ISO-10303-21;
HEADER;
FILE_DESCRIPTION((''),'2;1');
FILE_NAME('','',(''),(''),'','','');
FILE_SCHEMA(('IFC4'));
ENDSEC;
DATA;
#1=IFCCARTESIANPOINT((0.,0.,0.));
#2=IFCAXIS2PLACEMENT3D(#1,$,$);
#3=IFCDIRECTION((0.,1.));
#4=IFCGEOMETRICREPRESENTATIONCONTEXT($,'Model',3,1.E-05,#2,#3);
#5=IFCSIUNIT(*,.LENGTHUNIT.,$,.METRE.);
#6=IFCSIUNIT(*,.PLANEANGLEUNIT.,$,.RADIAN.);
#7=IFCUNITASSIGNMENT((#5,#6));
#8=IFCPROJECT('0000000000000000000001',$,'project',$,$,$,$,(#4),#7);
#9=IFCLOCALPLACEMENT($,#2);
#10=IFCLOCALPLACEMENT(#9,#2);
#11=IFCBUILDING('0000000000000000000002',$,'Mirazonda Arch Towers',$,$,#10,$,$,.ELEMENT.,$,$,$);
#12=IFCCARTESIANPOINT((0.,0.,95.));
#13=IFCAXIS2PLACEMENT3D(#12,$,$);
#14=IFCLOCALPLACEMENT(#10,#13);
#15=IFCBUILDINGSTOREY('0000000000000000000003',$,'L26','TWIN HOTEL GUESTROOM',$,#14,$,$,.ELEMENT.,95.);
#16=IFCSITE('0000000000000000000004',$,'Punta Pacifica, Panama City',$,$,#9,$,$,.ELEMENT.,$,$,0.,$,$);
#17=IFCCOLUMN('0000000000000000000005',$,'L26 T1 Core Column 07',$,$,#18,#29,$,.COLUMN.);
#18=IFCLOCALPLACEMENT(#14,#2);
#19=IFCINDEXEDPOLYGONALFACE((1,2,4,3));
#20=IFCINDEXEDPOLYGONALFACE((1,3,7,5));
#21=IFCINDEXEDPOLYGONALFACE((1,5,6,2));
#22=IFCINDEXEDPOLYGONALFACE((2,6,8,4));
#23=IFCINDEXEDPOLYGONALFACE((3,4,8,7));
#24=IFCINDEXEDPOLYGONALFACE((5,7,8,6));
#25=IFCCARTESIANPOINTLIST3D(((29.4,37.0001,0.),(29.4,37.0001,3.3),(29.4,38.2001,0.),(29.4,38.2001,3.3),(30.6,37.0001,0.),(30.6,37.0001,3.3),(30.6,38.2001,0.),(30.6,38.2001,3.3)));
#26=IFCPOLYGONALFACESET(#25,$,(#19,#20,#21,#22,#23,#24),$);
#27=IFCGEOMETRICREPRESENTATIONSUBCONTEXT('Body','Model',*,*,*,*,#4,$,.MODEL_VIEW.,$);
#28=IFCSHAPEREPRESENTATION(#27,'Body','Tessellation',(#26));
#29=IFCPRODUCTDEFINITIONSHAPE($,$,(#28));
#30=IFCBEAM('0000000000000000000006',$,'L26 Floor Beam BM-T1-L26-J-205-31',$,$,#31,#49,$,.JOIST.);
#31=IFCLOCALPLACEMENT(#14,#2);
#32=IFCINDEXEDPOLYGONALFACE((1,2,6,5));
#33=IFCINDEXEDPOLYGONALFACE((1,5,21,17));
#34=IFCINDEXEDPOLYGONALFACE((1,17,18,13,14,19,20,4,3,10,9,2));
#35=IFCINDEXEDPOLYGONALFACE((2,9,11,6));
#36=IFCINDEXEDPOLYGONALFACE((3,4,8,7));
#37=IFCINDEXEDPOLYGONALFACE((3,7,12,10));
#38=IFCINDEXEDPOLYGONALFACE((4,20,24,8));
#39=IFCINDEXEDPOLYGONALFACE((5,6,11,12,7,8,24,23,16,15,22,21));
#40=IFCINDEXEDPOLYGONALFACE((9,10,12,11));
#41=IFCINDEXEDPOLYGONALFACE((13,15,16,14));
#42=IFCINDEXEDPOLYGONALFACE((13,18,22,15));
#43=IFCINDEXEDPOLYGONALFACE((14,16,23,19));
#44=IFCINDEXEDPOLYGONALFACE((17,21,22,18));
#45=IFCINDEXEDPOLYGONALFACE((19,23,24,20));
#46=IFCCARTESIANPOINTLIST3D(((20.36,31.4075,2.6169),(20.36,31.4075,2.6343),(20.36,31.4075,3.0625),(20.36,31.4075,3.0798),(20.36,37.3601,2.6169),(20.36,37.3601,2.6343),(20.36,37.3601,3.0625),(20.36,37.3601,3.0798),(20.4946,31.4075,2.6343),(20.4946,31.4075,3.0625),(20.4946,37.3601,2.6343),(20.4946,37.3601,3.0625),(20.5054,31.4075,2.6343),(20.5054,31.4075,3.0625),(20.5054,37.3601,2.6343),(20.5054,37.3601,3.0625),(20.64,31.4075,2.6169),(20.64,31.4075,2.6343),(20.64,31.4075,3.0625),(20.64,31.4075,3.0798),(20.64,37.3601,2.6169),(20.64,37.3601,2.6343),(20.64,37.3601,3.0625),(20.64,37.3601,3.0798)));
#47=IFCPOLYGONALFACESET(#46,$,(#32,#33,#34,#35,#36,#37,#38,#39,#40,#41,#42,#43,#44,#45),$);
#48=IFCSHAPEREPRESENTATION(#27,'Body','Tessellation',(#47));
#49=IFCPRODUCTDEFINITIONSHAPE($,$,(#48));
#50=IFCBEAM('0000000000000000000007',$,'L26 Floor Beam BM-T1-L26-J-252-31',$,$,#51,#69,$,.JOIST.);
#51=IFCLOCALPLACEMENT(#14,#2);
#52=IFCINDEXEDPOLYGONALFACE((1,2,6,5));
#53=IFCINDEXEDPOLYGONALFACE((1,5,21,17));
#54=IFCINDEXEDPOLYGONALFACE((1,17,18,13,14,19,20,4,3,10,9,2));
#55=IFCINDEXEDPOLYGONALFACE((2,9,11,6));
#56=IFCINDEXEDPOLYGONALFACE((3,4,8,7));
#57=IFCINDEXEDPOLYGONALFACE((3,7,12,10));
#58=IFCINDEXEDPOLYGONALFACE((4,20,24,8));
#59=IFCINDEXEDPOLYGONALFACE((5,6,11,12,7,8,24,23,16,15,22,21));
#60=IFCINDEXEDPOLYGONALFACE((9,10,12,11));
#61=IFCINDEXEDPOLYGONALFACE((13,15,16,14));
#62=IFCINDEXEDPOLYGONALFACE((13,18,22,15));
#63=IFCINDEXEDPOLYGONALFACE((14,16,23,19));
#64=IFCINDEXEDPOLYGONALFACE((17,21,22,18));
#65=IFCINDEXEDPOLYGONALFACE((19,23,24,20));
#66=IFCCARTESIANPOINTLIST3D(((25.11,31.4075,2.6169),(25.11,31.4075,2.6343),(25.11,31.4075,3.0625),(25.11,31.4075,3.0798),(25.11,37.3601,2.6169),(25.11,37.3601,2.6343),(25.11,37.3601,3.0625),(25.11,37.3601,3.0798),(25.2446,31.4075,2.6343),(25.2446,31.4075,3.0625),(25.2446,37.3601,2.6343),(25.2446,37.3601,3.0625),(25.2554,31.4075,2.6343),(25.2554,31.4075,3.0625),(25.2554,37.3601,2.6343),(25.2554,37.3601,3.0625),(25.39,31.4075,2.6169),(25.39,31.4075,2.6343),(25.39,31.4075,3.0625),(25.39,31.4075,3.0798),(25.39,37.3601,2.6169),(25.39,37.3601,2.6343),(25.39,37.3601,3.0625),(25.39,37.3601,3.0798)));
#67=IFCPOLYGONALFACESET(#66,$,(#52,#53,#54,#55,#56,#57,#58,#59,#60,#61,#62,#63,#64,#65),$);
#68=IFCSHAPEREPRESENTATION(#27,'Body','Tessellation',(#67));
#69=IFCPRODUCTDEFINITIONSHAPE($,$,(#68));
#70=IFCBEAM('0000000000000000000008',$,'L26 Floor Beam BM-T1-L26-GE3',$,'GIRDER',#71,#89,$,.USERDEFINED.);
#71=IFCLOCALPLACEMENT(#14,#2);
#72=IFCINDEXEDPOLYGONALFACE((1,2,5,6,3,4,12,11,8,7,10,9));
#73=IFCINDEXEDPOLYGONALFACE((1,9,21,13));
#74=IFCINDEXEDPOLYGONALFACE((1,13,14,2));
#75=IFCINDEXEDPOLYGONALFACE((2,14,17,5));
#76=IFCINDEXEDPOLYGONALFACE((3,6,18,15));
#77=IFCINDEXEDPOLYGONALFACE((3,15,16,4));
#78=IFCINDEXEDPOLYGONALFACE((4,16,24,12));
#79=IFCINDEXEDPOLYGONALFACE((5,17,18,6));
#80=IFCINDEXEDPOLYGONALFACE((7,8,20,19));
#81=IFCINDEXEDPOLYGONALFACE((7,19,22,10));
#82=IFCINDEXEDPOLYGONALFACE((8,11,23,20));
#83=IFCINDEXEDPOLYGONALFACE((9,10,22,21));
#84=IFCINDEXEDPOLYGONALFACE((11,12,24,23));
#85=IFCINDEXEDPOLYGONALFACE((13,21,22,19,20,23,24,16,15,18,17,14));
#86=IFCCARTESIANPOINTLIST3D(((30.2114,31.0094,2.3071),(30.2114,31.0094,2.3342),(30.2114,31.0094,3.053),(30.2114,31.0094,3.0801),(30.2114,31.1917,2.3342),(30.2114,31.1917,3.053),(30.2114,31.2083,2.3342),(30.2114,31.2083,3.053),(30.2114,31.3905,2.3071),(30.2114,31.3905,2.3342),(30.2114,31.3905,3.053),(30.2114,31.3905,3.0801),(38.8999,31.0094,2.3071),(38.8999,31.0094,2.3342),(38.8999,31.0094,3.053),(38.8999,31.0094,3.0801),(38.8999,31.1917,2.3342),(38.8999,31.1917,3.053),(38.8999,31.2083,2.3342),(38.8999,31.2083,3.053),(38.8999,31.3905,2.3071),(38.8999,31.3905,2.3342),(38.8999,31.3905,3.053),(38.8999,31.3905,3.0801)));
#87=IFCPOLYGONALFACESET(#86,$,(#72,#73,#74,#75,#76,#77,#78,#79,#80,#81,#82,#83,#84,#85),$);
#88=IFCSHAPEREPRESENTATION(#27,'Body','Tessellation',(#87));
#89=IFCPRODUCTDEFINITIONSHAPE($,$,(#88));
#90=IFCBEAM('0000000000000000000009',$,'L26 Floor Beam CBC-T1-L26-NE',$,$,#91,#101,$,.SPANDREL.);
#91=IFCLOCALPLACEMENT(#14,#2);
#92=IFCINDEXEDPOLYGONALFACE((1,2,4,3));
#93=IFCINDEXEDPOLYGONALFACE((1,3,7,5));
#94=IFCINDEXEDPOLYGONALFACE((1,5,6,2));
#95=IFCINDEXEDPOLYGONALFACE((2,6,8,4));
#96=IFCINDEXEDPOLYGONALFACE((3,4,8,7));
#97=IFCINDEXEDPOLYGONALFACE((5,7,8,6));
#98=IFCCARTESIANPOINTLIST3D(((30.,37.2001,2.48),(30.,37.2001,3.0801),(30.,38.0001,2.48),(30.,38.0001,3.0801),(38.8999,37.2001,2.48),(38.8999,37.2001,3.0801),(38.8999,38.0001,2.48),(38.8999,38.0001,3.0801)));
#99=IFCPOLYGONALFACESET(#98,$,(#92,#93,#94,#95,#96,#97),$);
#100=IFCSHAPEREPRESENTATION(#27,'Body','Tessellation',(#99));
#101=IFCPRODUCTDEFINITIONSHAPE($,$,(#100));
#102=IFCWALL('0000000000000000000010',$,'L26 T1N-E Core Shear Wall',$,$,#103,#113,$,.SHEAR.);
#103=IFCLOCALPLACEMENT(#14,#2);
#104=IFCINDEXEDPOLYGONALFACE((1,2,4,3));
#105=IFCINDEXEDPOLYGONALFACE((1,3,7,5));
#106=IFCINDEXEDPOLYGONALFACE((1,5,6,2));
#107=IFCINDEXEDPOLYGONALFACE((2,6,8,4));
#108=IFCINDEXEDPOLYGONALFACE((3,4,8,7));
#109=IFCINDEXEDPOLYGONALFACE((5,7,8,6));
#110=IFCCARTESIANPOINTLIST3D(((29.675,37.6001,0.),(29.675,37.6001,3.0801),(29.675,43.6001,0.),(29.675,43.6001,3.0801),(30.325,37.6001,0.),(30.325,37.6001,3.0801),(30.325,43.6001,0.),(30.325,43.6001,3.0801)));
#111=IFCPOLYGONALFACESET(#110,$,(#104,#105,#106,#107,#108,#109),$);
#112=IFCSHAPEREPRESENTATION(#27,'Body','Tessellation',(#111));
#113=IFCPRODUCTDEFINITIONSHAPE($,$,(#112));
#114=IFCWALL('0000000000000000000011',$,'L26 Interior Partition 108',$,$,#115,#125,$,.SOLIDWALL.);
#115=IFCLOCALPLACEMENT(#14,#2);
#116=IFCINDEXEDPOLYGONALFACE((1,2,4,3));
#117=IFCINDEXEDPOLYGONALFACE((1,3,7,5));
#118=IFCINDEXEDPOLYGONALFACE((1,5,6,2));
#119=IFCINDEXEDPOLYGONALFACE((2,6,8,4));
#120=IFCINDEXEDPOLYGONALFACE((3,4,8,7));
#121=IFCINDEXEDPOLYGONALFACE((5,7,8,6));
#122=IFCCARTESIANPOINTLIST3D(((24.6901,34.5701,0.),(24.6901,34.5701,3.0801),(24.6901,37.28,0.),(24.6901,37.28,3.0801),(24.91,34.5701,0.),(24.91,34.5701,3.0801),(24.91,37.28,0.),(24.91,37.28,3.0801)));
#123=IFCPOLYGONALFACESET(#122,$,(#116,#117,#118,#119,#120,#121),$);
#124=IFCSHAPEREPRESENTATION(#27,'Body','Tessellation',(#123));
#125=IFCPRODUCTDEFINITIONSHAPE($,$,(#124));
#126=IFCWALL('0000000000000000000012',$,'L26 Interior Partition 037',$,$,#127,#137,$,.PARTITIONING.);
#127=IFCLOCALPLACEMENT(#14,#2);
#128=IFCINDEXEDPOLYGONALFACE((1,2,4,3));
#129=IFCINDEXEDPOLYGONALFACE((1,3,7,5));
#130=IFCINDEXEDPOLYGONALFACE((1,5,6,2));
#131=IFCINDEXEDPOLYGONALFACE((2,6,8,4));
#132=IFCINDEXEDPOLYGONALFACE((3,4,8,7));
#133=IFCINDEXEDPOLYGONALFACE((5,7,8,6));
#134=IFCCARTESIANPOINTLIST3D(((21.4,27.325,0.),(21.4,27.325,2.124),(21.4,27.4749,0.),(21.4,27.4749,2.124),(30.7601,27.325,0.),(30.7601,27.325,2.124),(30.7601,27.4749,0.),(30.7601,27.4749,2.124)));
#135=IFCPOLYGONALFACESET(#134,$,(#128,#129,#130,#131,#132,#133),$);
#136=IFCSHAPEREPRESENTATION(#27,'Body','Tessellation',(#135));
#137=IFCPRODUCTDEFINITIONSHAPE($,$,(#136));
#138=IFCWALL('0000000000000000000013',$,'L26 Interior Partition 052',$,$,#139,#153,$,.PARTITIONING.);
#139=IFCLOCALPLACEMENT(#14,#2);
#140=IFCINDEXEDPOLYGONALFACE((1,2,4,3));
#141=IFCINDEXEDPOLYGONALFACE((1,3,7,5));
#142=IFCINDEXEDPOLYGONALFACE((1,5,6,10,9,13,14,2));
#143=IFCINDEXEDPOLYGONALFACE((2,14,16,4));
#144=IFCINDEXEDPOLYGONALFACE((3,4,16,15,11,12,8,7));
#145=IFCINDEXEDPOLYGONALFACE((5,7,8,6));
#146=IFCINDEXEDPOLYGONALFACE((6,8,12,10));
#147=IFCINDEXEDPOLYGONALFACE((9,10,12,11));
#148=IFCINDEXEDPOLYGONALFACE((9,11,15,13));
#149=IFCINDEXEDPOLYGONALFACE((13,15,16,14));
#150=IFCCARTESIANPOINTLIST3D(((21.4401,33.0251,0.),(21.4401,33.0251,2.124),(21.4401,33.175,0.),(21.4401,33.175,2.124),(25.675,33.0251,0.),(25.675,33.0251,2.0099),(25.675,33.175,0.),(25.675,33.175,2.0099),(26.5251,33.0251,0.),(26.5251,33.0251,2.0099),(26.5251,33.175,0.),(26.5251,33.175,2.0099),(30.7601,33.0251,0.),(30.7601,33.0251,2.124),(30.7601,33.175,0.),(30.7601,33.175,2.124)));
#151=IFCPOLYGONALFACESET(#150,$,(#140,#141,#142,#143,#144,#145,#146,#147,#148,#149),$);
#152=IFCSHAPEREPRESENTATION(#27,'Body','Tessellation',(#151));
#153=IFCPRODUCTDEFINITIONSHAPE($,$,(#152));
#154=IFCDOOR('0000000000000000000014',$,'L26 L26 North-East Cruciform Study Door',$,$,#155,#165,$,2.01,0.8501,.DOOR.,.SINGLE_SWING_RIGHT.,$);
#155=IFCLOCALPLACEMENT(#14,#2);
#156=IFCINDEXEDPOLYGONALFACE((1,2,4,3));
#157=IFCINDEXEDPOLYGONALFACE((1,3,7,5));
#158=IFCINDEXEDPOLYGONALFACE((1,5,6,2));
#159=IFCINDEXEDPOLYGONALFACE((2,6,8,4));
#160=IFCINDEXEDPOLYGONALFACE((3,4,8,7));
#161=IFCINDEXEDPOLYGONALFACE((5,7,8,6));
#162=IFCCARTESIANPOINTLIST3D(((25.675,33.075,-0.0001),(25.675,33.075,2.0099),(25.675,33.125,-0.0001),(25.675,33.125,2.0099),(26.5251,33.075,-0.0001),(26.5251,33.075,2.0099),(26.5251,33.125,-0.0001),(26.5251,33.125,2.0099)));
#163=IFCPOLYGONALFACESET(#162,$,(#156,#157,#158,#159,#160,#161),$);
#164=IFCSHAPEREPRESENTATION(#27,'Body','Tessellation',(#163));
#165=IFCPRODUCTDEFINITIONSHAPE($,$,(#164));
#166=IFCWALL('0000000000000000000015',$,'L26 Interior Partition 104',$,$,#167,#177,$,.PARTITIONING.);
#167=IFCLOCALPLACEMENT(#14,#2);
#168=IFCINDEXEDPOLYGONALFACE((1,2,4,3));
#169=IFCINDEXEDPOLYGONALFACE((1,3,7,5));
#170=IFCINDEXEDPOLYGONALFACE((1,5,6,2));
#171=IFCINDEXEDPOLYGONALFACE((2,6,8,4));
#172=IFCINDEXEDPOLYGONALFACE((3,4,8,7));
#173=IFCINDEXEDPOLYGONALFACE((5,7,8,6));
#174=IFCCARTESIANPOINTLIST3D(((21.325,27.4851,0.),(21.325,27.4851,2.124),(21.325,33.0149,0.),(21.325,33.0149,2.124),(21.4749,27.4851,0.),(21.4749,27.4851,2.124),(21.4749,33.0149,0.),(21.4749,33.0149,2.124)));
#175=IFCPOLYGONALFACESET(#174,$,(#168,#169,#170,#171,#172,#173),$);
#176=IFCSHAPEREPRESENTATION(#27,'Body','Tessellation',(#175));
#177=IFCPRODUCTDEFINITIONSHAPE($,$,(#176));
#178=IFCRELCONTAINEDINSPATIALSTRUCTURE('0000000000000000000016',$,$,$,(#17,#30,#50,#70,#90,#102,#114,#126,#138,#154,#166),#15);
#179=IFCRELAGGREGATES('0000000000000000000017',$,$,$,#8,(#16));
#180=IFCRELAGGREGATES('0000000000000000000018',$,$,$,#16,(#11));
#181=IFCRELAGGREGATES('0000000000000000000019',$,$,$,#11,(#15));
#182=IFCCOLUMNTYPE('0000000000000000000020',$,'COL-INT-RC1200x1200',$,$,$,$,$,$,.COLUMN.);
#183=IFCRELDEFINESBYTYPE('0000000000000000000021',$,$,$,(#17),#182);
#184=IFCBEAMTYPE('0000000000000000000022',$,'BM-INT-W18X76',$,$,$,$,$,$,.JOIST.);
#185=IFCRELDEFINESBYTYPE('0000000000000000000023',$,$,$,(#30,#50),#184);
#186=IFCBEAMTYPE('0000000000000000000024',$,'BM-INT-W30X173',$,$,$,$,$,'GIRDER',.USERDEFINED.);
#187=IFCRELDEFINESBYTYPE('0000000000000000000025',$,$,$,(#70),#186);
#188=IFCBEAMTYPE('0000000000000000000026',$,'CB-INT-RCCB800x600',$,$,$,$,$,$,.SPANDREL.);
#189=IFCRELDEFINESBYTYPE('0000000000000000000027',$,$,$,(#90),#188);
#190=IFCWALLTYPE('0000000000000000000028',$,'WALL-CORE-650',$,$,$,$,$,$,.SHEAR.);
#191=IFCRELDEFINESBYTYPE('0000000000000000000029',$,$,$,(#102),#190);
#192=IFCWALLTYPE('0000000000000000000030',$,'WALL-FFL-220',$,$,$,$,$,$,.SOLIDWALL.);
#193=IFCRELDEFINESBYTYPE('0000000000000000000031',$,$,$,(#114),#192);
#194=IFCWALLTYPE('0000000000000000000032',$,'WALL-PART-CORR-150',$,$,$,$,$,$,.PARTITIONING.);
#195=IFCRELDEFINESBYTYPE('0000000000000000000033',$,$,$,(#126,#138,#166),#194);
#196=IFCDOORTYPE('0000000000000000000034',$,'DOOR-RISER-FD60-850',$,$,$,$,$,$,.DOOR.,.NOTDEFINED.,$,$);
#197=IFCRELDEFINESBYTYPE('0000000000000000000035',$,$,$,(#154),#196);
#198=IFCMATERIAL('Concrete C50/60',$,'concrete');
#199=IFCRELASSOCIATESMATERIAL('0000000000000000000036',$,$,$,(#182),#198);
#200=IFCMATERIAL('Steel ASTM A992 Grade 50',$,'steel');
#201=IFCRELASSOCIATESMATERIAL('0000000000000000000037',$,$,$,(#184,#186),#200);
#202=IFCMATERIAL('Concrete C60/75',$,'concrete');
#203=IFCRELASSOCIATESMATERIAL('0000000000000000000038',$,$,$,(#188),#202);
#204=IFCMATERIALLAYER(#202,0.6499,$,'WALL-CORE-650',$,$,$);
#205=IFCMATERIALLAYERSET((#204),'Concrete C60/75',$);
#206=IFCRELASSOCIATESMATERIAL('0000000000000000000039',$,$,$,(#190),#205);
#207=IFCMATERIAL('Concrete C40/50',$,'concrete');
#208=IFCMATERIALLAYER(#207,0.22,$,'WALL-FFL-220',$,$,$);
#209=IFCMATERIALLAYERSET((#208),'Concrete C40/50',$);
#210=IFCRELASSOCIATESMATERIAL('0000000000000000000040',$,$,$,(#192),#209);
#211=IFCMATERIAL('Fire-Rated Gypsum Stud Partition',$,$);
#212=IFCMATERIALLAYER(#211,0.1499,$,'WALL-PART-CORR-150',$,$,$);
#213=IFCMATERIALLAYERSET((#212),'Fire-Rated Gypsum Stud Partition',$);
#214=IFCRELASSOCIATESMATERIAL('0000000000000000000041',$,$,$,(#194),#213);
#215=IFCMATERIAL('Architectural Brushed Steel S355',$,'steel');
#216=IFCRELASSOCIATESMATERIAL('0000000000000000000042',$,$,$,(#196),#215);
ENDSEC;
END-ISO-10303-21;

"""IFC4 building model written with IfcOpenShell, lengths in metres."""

from ifc_helpers import new_model, si_unit, direction, frame, frame_2d, origin, origin_2d, place, context, subcontext, project, spatial, rectangle, i_section, extrude, material, layer, layer_set, material_profile, profile_set, type_object, element, fill, save


model = new_model("IFC4")

# Units and contexts
model_context = context("Model", 3, precision=1e-05, world=origin(), true_north=direction((0.0, 1.0)))
body_context = subcontext(model_context, "Body", "Model", "MODEL_VIEW")
ifc_project = project(units=[si_unit("LENGTHUNIT", "METRE"), si_unit("PLANEANGLEUNIT", "RADIAN")], contexts=[model_context])

# Site, building, storey
site_placement = place(None, origin())
site = spatial("IfcSite", under=ifc_project, at=site_placement, Name="Punta Pacifica, Panama City", CompositionType="ELEMENT", RefElevation=0.0)
building_placement = place(site_placement, origin())
building = spatial("IfcBuilding", under=site, at=building_placement, Name="Mirazonda Arch Towers", CompositionType="ELEMENT")
storey_placement = place(building_placement, frame((0.0, 0.0, 95.0)))
storey = spatial("IfcBuildingStorey", under=building, at=storey_placement, Name="L26", Description="TWIN HOTEL GUESTROOM", CompositionType="ELEMENT", Elevation=95.0)

# Column
ifc_material_1 = material(Name="Concrete C50/60", Category="concrete")
ifc_material_profile_1 = material_profile(ifc_material_1, rectangle(XDim=1.2, YDim=1.2, at=origin_2d()), Name="RC1200x1200")
ifc_profile_set_1 = profile_set([ifc_material_profile_1], Name="Concrete C50/60")
column_type = type_object("IfcColumnType", Name="COL-INT-RC1200x1200", PredefinedType="COLUMN", material=ifc_profile_set_1)
column_placement = place(storey_placement, frame((30.0, 37.6001, 0.0), z_axis=(0.0, 0.0, 1.0), x_axis=(1.0, 0.0, 0.0)))
element("IfcColumn", 1, at=column_placement, inside=storey, type_object=column_type, Name="L26 T1 Core Column 07", PredefinedType="COLUMN", context=body_context, shape_type="SweptSolid", body=[
    extrude(rectangle(XDim=1.2, YDim=1.2, at=origin_2d()), origin(), (0.0, 0.0, 1.0), 3.3),
])

# Beams
ifc_material_2 = material(Name="Steel ASTM A992 Grade 50", Category="steel")
ifc_material_profile_2 = material_profile(ifc_material_2, i_section(OverallWidth=0.28, OverallDepth=0.4629, WebThickness=0.0107, FlangeThickness=0.0173, at=origin_2d()), Name="W18X76")
ifc_profile_set_2 = profile_set([ifc_material_profile_2], Name="Steel ASTM A992 Grade 50")
beam_type_1 = type_object("IfcBeamType", Name="BM-INT-W18X76", PredefinedType="JOIST", material=ifc_profile_set_2)
for number, where, z_axis, x_axis, name in (
    (2, (20.5, 31.4075, 2.8484), (0.0, 1.0, 0.0), (-1.0, 0.0, 0.0), "L26 Floor Beam BM-T1-L26-J-205-31"),
    (3, (25.25, 31.4075, 2.8484), (0.0, 1.0, 0.0), (-1.0, 0.0, 0.0), "L26 Floor Beam BM-T1-L26-J-252-31"),
):
    element("IfcBeam", number, at=place(storey_placement, frame(where, z_axis=z_axis, x_axis=x_axis)), inside=storey, type_object=beam_type_1, Name=name, PredefinedType="JOIST", context=body_context, shape_type="SweptSolid", body=[
        extrude(i_section(OverallWidth=0.28, OverallDepth=0.4629, WebThickness=0.0107, FlangeThickness=0.0173, at=origin_2d()), origin(), (0.0, 0.0, 1.0), 5.9526),
    ])
ifc_material_profile_3 = material_profile(ifc_material_2, i_section(OverallWidth=0.3811, OverallDepth=0.7729, WebThickness=0.0166, FlangeThickness=0.0271, at=origin_2d()), Name="W30X173")
ifc_profile_set_3 = profile_set([ifc_material_profile_3], Name="Steel ASTM A992 Grade 50")
beam_type_2 = type_object("IfcBeamType", Name="BM-INT-W30X173", ElementType="GIRDER", PredefinedType="USERDEFINED", material=ifc_profile_set_3)
beam_1_placement = place(storey_placement, frame((30.2114, 31.2, 2.6936), z_axis=(1.0, 0.0, 0.0), x_axis=(0.0, 1.0, 0.0)))
element("IfcBeam", 4, at=beam_1_placement, inside=storey, type_object=beam_type_2, Name="L26 Floor Beam BM-T1-L26-GE3", ObjectType="GIRDER", PredefinedType="USERDEFINED", context=body_context, shape_type="SweptSolid", body=[
    extrude(i_section(OverallWidth=0.3811, OverallDepth=0.7729, WebThickness=0.0166, FlangeThickness=0.0271, at=origin_2d()), origin(), (0.0, 0.0, 1.0), 8.6885),
])
ifc_material_3 = material(Name="Concrete C60/75", Category="concrete")
ifc_material_profile_4 = material_profile(ifc_material_3, rectangle(XDim=0.8, YDim=0.6001, at=origin_2d()), Name="RCCB800x600")
ifc_profile_set_4 = profile_set([ifc_material_profile_4], Name="Concrete C60/75")
beam_type_3 = type_object("IfcBeamType", Name="CB-INT-RCCB800x600", PredefinedType="SPANDREL", material=ifc_profile_set_4)
beam_2_placement = place(storey_placement, frame((30.0, 37.6001, 2.78), z_axis=(1.0, 0.0, 0.0), x_axis=(0.0, 1.0, 0.0)))
element("IfcBeam", 5, at=beam_2_placement, inside=storey, type_object=beam_type_3, Name="L26 Floor Beam CBC-T1-L26-NE", PredefinedType="SPANDREL", context=body_context, shape_type="SweptSolid", body=[
    extrude(rectangle(XDim=0.8, YDim=0.6001, at=origin_2d()), origin(), (0.0, 0.0, 1.0), 8.8999),
])

# Walls
ifc_layer_1 = layer(ifc_material_3, 0.6499, Name="WALL-CORE-650")
ifc_layer_set_1 = layer_set([ifc_layer_1], Name="Concrete C60/75")
wall_type_1 = type_object("IfcWallType", Name="WALL-CORE-650", PredefinedType="SHEAR", material=ifc_layer_set_1)
wall_1_placement = place(storey_placement, frame((30.0, 37.6001, 0.0), z_axis=(0.0, 0.0, 1.0), x_axis=(0.0, 1.0, 0.0)))
element("IfcWall", 6, at=wall_1_placement, inside=storey, type_object=wall_type_1, Name="L26 T1N-E Core Shear Wall", PredefinedType="SHEAR", context=body_context, shape_type="SweptSolid", body=[
    extrude(rectangle(XDim=6.0, YDim=0.6499, at=frame_2d((3.0, 0.0))), origin(), (0.0, 0.0, 1.0), 3.0801),
])
ifc_material_4 = material(Name="Concrete C40/50", Category="concrete")
ifc_layer_2 = layer(ifc_material_4, 0.22, Name="WALL-FFL-220")
ifc_layer_set_2 = layer_set([ifc_layer_2], Name="Concrete C40/50")
wall_type_2 = type_object("IfcWallType", Name="WALL-FFL-220", PredefinedType="SOLIDWALL", material=ifc_layer_set_2)
wall_2_placement = place(storey_placement, frame((24.8, 34.5701, 0.0), z_axis=(0.0, 0.0, 1.0), x_axis=(0.0, 1.0, 0.0)))
element("IfcWall", 7, at=wall_2_placement, inside=storey, type_object=wall_type_2, Name="L26 Interior Partition 108", PredefinedType="SOLIDWALL", context=body_context, shape_type="SweptSolid", body=[
    extrude(rectangle(XDim=2.71, YDim=0.22, at=frame_2d((1.355, 0.0))), origin(), (0.0, 0.0, 1.0), 3.0801),
])
ifc_material_5 = material(Name="Fire-Rated Gypsum Stud Partition")
ifc_layer_3 = layer(ifc_material_5, 0.1499, Name="WALL-PART-CORR-150")
ifc_layer_set_3 = layer_set([ifc_layer_3], Name="Fire-Rated Gypsum Stud Partition")
wall_type_3 = type_object("IfcWallType", Name="WALL-PART-CORR-150", PredefinedType="PARTITIONING", material=ifc_layer_set_3)
wall_3_placement = place(storey_placement, frame((21.3999, 27.3999, 0.0), z_axis=(0.0, 0.0, 1.0), x_axis=(1.0, 0.0, 0.0)))
element("IfcWall", 8, at=wall_3_placement, inside=storey, type_object=wall_type_3, Name="L26 Interior Partition 037", PredefinedType="PARTITIONING", context=body_context, shape_type="SweptSolid", body=[
    extrude(rectangle(XDim=9.3601, YDim=0.1499, at=frame_2d((4.6802, 0.0))), origin(), (0.0, 0.0, 1.0), 2.124),
])

# Wall, opening, door
wall_4_placement = place(storey_placement, frame((21.4399, 33.1001, 0.0), z_axis=(0.0, 0.0, 1.0), x_axis=(1.0, 0.0, 0.0)))
wall_4 = element("IfcWall", 9, at=wall_4_placement, inside=storey, type_object=wall_type_3, Name="L26 Interior Partition 052", PredefinedType="PARTITIONING", context=body_context, shape_type="SweptSolid", body=[
    extrude(rectangle(XDim=9.3201, YDim=0.1499, at=frame_2d((4.6602, 0.0))), origin(), (0.0, 0.0, 1.0), 2.124),
])
opening_1_placement = place(wall_4_placement, frame((4.2351, 0.0, 0.0)))
opening_1 = element("IfcOpeningElement", 10, at=opening_1_placement, cuts=wall_4, PredefinedType="OPENING", context=body_context, shape_type="SweptSolid", body=[
    extrude(rectangle(XDim=0.8501, YDim=2.01, at=frame_2d((0.425, 1.0049))), frame((0.0, 0.085, 0.0), z_axis=(0.0, -1.0, 0.0), x_axis=(1.0, 0.0, 0.0)), (0.0, 0.0, 1.0), 0.1699),
])
ifc_material_6 = material(Name="Architectural Brushed Steel S355", Category="steel")
door_type_1 = type_object("IfcDoorType", Name="DOOR-RISER-FD60-850", OperationType="NOTDEFINED", PredefinedType="DOOR", material=ifc_material_6)
door_1_placement = place(opening_1_placement, origin())
door_1 = element("IfcDoor", 11, at=door_1_placement, inside=storey, type_object=door_type_1, Name="L26 L26 North-East Cruciform Study Door", OperationType="SINGLE_SWING_RIGHT", OverallHeight=2.01, OverallWidth=0.8501, PredefinedType="DOOR", context=body_context, shape_type="SweptSolid", body=[
    extrude(rectangle(XDim=0.8501, YDim=2.01, at=frame_2d((0.425, 1.0049))), frame((0.0, 0.0249, 0.0), z_axis=(0.0, -1.0, 0.0), x_axis=(1.0, 0.0, 0.0)), (0.0, 0.0, 1.0), 0.05),
])
fill(opening_1, door_1)

# Wall
wall_5_placement = place(storey_placement, frame((21.3999, 27.4851, 0.0), z_axis=(0.0, 0.0, 1.0), x_axis=(0.0, 1.0, 0.0)))
element("IfcWall", 12, at=wall_5_placement, inside=storey, type_object=wall_type_3, Name="L26 Interior Partition 104", PredefinedType="PARTITIONING", context=body_context, shape_type="SweptSolid", body=[
    extrude(rectangle(XDim=5.5298, YDim=0.1499, at=frame_2d((2.7649, 0.0))), origin(), (0.0, 0.0, 1.0), 2.124),
])

save(model, "model.ifc")
